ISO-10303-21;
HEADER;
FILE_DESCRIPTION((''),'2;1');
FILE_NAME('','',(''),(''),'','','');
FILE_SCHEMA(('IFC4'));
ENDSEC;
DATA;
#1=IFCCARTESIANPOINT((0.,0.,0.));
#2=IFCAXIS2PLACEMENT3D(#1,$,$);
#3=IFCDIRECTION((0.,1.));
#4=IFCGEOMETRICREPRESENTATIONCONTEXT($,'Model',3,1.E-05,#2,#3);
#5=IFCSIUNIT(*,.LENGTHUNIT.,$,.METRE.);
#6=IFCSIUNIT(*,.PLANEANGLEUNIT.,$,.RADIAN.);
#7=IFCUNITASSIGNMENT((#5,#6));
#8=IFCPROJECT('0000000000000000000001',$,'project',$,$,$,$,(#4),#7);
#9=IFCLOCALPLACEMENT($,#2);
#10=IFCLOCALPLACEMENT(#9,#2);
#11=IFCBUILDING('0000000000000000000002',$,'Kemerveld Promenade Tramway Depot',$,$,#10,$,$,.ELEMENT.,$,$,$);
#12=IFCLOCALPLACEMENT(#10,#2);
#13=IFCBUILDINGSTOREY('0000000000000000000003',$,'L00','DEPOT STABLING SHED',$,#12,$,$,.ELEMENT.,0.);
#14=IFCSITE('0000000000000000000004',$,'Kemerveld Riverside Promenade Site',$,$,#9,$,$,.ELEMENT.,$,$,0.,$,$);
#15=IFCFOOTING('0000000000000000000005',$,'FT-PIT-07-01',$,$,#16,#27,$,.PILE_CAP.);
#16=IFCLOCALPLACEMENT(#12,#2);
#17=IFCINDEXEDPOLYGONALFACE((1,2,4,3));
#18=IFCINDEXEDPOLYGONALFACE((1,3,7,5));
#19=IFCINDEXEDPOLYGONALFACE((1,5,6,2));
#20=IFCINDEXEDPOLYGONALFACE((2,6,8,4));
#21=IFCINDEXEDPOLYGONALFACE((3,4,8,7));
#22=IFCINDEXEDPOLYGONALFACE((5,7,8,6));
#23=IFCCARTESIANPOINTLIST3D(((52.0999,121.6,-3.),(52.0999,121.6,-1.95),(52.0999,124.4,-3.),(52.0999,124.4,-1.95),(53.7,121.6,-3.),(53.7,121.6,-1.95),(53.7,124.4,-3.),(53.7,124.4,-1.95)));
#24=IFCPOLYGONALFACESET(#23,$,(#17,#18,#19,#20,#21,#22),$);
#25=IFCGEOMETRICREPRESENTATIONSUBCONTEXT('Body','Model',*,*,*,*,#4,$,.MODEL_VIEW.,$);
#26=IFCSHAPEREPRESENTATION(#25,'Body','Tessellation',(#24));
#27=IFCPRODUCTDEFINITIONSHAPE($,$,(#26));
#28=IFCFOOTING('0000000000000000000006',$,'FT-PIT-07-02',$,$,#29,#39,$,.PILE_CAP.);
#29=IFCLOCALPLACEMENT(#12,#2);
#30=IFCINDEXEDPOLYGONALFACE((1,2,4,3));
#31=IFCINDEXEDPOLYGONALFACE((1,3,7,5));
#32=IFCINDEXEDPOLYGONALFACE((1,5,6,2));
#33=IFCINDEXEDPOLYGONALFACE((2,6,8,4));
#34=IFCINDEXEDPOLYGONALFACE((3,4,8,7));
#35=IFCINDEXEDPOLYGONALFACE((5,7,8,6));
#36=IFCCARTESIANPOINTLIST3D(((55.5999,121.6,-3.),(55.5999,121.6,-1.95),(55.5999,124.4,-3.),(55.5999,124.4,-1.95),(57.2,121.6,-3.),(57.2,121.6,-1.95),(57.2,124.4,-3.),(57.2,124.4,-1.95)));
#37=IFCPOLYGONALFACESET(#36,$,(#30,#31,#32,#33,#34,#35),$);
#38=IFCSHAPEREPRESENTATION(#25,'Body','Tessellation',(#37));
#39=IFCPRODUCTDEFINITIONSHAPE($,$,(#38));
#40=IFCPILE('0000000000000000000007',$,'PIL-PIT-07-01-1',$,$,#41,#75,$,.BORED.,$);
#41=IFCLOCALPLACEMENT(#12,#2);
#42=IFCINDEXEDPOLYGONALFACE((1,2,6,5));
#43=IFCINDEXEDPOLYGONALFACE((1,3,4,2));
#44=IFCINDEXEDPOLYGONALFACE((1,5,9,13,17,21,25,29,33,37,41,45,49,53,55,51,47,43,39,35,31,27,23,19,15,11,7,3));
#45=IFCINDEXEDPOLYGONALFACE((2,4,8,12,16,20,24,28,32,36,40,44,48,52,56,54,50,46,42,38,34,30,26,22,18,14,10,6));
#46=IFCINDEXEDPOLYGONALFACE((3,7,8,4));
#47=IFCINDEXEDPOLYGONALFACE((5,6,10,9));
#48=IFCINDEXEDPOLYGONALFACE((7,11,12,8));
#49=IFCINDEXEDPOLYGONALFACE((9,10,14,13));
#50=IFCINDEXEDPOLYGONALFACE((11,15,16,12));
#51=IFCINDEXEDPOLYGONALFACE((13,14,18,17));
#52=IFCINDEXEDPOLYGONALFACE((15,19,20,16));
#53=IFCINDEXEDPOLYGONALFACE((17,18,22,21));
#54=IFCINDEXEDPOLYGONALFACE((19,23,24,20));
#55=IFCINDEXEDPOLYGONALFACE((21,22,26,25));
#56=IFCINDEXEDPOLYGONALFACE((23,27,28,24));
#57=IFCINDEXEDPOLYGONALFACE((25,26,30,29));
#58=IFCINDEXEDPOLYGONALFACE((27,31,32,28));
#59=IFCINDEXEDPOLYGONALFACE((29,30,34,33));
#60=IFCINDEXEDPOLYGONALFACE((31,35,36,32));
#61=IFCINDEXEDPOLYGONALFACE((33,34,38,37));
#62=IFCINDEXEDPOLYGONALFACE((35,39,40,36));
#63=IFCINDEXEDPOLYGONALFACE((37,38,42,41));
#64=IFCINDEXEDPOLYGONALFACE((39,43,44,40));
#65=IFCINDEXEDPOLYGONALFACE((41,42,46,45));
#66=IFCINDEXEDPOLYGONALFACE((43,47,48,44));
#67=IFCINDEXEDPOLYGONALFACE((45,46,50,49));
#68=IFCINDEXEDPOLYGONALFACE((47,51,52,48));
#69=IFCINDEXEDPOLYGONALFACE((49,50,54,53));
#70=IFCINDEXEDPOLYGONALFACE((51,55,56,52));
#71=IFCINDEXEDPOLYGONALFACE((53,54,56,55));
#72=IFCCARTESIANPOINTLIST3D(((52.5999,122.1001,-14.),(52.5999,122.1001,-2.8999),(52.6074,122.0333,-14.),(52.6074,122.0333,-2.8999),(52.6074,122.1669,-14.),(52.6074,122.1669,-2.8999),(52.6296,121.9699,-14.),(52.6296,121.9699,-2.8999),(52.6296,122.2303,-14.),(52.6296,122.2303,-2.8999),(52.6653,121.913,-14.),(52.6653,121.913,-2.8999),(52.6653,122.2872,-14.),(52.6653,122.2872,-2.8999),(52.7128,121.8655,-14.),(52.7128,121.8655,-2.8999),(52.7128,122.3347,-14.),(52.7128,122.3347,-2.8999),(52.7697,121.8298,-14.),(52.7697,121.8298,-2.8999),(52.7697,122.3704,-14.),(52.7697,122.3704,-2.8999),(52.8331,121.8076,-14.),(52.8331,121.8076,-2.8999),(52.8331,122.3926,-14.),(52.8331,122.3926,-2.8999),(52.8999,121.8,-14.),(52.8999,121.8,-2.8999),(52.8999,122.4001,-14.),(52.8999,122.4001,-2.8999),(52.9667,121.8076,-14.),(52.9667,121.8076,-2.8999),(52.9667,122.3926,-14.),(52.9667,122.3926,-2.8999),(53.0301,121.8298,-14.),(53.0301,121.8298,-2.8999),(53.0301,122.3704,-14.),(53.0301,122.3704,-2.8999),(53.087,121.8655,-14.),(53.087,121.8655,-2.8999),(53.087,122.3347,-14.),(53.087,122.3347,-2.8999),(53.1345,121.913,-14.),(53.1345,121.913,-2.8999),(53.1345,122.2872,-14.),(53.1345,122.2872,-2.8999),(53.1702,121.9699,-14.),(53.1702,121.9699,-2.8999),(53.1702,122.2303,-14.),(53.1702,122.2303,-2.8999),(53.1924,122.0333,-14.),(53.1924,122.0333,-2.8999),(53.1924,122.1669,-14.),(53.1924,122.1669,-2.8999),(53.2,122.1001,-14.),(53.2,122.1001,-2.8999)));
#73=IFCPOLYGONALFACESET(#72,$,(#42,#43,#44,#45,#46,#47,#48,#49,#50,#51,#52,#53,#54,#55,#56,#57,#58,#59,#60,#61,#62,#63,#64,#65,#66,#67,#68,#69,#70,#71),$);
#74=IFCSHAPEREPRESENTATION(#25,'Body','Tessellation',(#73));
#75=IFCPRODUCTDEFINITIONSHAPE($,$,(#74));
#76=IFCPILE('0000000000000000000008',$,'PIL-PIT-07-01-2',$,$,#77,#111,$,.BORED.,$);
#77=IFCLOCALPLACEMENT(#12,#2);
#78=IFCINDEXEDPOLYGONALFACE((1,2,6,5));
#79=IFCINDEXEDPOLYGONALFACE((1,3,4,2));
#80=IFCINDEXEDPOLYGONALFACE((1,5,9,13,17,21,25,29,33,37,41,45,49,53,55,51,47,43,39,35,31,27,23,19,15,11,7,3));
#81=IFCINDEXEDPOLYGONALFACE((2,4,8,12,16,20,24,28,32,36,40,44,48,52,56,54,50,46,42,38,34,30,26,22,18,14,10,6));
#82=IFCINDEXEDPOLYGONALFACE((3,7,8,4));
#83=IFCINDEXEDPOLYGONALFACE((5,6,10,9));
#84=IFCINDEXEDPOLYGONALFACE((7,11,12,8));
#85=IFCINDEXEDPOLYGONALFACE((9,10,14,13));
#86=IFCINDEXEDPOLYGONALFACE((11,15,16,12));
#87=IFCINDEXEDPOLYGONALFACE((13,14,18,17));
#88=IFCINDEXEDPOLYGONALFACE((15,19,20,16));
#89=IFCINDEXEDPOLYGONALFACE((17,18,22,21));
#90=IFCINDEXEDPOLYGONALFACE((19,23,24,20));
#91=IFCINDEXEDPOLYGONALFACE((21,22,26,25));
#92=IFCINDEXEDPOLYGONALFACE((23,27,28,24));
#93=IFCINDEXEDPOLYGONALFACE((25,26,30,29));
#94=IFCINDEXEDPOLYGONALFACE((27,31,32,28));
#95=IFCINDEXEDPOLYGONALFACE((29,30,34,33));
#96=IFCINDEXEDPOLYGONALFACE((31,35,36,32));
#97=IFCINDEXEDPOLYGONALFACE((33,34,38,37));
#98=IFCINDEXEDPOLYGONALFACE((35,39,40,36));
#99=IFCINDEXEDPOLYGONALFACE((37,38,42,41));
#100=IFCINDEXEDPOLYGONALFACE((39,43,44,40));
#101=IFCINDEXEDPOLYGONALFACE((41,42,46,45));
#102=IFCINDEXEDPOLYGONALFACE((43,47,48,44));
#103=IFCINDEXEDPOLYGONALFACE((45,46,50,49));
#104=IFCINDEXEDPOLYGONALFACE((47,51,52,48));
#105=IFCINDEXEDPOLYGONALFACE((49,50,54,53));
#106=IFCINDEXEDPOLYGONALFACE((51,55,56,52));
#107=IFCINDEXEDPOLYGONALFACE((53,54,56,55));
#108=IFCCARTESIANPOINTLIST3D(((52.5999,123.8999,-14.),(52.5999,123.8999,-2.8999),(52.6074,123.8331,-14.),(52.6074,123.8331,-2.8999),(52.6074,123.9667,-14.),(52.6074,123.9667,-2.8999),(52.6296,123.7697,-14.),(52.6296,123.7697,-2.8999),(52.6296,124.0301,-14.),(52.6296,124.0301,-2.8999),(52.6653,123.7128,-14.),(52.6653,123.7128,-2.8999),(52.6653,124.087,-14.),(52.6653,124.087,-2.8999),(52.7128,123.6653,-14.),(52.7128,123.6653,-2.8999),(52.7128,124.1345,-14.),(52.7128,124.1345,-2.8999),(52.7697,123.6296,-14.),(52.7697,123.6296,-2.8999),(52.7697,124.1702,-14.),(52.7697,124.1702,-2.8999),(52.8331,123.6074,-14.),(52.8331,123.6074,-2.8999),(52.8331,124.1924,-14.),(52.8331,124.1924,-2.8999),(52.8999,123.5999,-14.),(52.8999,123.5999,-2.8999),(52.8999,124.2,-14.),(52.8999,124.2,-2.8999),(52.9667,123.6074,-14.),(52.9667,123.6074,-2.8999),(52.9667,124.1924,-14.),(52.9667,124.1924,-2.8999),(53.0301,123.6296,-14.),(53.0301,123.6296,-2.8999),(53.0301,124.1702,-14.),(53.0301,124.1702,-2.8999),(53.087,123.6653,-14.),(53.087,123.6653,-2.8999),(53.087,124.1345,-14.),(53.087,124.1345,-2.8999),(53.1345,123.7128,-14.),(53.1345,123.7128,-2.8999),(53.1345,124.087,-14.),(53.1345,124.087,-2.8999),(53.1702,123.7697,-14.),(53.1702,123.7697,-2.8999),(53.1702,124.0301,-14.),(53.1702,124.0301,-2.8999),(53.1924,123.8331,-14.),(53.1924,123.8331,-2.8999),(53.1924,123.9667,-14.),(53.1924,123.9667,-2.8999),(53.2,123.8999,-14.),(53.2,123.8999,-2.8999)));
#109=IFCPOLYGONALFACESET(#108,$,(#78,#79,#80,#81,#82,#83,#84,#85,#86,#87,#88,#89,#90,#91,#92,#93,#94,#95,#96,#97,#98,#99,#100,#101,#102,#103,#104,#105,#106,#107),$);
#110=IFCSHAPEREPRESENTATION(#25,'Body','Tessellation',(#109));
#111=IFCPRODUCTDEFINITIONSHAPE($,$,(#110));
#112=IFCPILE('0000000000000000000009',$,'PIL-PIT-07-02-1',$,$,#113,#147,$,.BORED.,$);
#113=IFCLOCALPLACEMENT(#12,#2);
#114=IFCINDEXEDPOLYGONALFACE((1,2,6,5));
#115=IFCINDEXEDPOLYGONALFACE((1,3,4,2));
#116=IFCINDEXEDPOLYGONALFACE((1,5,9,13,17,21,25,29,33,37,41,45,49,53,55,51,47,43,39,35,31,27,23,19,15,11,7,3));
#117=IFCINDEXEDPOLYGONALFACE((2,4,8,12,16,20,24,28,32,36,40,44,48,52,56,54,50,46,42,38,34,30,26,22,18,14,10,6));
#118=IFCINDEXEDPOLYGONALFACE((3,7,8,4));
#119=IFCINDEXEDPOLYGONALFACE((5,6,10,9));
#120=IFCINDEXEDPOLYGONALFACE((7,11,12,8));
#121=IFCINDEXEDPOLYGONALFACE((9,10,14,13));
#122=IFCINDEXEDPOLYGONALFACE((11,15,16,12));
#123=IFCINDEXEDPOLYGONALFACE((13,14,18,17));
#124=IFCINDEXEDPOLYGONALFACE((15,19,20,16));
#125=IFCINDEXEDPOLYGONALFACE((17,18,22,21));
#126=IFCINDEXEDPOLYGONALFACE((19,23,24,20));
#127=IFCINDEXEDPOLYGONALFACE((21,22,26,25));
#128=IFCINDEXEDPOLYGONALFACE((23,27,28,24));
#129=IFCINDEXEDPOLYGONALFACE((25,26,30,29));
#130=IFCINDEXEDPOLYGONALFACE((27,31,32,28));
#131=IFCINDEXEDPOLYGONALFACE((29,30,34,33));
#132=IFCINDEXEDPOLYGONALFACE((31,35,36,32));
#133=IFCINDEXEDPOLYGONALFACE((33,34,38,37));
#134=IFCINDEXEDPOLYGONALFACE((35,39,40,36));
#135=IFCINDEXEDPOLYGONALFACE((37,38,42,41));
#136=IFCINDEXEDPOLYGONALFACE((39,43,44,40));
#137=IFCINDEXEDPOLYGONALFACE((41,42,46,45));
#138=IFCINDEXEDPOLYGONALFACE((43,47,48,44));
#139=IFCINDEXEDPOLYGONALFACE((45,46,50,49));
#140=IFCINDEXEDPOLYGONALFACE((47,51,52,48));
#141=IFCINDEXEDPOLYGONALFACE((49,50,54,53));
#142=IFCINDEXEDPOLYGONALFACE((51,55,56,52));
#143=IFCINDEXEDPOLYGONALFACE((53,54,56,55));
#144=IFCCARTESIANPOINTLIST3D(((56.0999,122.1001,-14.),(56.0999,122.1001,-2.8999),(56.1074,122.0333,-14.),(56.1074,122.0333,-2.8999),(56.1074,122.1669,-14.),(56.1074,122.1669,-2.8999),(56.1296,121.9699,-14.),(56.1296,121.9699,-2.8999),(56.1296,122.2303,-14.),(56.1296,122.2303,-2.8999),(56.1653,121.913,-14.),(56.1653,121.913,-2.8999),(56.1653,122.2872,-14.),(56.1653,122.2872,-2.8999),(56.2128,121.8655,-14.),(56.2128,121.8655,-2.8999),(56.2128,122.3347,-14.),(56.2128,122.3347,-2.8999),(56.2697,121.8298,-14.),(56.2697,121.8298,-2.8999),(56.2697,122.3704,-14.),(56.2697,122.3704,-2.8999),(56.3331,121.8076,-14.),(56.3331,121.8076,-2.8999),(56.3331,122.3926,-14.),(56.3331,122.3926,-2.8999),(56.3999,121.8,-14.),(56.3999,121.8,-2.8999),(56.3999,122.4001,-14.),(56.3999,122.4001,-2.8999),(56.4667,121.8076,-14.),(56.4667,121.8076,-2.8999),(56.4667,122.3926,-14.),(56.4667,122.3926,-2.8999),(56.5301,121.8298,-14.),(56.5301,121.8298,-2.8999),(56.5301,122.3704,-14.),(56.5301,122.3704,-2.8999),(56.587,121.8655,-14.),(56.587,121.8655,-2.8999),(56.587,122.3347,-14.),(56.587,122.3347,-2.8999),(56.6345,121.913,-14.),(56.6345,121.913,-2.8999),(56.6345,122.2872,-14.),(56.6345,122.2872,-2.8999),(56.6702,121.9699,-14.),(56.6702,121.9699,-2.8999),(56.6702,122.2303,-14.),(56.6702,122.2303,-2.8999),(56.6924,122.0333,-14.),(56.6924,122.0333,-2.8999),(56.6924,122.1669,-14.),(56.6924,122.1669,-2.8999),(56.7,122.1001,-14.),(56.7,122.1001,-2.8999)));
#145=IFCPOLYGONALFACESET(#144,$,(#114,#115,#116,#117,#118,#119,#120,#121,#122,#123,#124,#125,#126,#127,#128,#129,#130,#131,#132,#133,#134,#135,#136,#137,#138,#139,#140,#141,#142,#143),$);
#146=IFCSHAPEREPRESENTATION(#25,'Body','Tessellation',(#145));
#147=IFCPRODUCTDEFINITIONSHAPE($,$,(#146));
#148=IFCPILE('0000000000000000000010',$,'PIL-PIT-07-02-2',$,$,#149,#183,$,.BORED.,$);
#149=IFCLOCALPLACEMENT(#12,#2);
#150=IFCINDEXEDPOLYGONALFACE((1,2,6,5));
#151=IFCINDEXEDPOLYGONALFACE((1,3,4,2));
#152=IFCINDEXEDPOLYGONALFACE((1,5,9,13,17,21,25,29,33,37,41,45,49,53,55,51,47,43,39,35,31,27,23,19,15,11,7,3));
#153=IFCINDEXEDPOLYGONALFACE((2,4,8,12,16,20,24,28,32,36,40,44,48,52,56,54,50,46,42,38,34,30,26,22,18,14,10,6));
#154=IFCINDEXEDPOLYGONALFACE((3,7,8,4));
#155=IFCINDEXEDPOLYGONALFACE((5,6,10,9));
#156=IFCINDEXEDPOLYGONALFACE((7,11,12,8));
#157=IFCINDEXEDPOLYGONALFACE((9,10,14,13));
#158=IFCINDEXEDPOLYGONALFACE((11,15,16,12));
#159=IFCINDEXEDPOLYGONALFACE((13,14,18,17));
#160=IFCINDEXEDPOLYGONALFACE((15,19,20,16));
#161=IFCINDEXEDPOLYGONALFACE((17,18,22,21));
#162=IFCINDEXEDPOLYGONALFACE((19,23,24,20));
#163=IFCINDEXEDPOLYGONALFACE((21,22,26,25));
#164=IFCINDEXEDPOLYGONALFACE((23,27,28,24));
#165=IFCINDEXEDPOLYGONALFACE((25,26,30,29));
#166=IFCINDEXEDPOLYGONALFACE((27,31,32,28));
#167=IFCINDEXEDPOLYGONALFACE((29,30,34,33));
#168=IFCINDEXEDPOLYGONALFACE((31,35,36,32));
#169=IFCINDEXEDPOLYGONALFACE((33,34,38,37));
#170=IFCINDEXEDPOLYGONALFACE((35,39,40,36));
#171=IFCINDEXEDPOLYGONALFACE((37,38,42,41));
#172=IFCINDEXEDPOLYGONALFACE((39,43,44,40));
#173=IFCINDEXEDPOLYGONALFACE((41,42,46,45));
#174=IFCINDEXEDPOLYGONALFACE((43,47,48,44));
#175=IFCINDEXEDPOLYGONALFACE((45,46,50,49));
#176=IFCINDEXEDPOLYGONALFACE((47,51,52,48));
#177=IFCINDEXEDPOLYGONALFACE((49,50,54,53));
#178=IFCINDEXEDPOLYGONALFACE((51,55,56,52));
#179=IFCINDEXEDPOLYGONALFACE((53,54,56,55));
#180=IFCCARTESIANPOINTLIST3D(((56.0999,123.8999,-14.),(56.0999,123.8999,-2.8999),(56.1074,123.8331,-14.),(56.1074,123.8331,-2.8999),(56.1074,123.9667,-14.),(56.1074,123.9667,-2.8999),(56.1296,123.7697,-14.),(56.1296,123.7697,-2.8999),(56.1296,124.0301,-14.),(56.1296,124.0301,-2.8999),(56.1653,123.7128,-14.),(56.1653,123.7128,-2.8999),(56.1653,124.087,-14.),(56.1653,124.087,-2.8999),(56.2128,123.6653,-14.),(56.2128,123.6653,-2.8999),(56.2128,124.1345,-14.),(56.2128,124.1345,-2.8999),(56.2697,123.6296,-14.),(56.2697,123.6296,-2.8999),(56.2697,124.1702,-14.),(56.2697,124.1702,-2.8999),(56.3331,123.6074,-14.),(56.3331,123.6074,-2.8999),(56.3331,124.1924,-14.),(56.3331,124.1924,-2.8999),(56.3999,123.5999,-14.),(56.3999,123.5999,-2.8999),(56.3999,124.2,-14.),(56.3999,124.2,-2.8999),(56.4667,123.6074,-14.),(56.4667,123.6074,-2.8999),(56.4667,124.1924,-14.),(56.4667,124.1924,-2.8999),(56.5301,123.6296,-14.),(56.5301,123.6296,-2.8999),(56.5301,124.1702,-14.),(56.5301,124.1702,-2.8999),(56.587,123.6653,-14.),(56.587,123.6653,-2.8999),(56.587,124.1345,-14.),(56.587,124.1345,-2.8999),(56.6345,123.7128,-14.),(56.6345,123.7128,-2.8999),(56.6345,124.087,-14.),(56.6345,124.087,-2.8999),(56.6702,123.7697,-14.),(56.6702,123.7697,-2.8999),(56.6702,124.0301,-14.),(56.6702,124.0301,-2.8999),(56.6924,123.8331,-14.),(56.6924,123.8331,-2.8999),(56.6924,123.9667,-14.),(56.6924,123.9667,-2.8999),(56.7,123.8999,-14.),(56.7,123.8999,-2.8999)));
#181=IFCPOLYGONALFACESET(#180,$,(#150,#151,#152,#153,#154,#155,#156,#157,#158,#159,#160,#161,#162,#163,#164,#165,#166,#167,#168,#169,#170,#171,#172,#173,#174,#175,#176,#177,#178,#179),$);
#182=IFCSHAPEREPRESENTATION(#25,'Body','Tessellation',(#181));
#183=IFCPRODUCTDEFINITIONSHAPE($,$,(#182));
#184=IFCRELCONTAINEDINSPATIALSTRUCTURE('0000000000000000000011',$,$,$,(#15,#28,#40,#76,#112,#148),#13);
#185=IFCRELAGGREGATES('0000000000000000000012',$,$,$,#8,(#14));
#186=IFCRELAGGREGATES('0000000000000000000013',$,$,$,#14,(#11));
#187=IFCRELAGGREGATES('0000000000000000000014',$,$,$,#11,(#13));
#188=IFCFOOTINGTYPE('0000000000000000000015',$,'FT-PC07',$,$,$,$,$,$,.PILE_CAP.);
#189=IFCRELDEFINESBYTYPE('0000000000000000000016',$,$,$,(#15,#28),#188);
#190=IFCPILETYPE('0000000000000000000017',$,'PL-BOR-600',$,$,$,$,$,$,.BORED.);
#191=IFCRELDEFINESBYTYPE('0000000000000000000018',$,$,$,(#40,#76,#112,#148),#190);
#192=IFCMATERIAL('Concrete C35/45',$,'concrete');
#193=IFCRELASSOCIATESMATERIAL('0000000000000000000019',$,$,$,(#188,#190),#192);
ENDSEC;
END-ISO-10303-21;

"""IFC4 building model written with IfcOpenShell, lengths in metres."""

from ifc_helpers import new_model, si_unit, direction, frame, origin, origin_2d, place, context, subcontext, project, spatial, rectangle, circle, extrude, material, material_profile, profile_set, type_object, element, save


model = new_model("IFC4")

# Units and contexts
model_context = context("Model", 3, precision=1e-05, world=origin(), true_north=direction((0.0, 1.0)))
body_context = subcontext(model_context, "Body", "Model", "MODEL_VIEW")
ifc_project = project(units=[si_unit("LENGTHUNIT", "METRE"), si_unit("PLANEANGLEUNIT", "RADIAN")], contexts=[model_context])

# Site, building, storey
site_placement = place(None, origin())
site = spatial("IfcSite", under=ifc_project, at=site_placement, Name="Kemerveld Riverside Promenade Site", CompositionType="ELEMENT", RefElevation=0.0)
building_placement = place(site_placement, origin())
building = spatial("IfcBuilding", under=site, at=building_placement, Name="Kemerveld Promenade Tramway Depot", CompositionType="ELEMENT")
storey_placement = place(building_placement, origin())
storey = spatial("IfcBuildingStorey", under=building, at=storey_placement, Name="L00", Description="DEPOT STABLING SHED", CompositionType="ELEMENT", Elevation=0.0)

# Footings
ifc_material_1 = material(Name="Concrete C35/45", Category="concrete")
footing_type = type_object("IfcFootingType", Name="FT-PC07", PredefinedType="PILE_CAP", material=ifc_material_1)
for number, where, z_axis, x_axis, name in (
    (1, (52.8999, 123.0, -3.0), (0.0, 0.0, 1.0), (1.0, 0.0, 0.0), "FT-PIT-07-01"),
    (2, (56.3999, 123.0, -3.0), (0.0, 0.0, 1.0), (1.0, 0.0, 0.0), "FT-PIT-07-02"),
):
    element("IfcFooting", number, at=place(storey_placement, frame(where, z_axis=z_axis, x_axis=x_axis)), inside=storey, type_object=footing_type, Name=name, PredefinedType="PILE_CAP", context=body_context, shape_type="SweptSolid", body=[
        extrude(rectangle(XDim=1.6001, YDim=2.8, at=origin_2d()), origin(), (0.0, 0.0, 1.0), 1.05),
    ])

# Piles
ifc_material_profile_1 = material_profile(ifc_material_1, circle(Radius=0.3, at=origin_2d()), Name="PILE-D600")
ifc_profile_set_1 = profile_set([ifc_material_profile_1], Name="Concrete C35/45")
pile_type = type_object("IfcPileType", Name="PL-BOR-600", PredefinedType="BORED", material=ifc_profile_set_1)
for number, where, z_axis, x_axis, name in (
    (3, (52.8999, 122.1001, -2.8999), (0.0, 0.0, -1.0), (1.0, 0.0, 0.0), "PIL-PIT-07-01-1"),
    (4, (52.8999, 123.8999, -2.8999), (0.0, 0.0, -1.0), (1.0, 0.0, 0.0), "PIL-PIT-07-01-2"),
    (5, (56.3999, 122.1001, -2.8999), (0.0, 0.0, -1.0), (1.0, 0.0, 0.0), "PIL-PIT-07-02-1"),
    (6, (56.3999, 123.8999, -2.8999), (0.0, 0.0, -1.0), (1.0, 0.0, 0.0), "PIL-PIT-07-02-2"),
):
    element("IfcPile", number, at=place(storey_placement, frame(where, z_axis=z_axis, x_axis=x_axis)), inside=storey, type_object=pile_type, Name=name, PredefinedType="BORED", context=body_context, shape_type="SweptSolid", body=[
        extrude(circle(Radius=0.3, at=origin_2d()), origin(), (0.0, 0.0, 1.0), 11.1001),
    ])

save(model, "model.ifc")
